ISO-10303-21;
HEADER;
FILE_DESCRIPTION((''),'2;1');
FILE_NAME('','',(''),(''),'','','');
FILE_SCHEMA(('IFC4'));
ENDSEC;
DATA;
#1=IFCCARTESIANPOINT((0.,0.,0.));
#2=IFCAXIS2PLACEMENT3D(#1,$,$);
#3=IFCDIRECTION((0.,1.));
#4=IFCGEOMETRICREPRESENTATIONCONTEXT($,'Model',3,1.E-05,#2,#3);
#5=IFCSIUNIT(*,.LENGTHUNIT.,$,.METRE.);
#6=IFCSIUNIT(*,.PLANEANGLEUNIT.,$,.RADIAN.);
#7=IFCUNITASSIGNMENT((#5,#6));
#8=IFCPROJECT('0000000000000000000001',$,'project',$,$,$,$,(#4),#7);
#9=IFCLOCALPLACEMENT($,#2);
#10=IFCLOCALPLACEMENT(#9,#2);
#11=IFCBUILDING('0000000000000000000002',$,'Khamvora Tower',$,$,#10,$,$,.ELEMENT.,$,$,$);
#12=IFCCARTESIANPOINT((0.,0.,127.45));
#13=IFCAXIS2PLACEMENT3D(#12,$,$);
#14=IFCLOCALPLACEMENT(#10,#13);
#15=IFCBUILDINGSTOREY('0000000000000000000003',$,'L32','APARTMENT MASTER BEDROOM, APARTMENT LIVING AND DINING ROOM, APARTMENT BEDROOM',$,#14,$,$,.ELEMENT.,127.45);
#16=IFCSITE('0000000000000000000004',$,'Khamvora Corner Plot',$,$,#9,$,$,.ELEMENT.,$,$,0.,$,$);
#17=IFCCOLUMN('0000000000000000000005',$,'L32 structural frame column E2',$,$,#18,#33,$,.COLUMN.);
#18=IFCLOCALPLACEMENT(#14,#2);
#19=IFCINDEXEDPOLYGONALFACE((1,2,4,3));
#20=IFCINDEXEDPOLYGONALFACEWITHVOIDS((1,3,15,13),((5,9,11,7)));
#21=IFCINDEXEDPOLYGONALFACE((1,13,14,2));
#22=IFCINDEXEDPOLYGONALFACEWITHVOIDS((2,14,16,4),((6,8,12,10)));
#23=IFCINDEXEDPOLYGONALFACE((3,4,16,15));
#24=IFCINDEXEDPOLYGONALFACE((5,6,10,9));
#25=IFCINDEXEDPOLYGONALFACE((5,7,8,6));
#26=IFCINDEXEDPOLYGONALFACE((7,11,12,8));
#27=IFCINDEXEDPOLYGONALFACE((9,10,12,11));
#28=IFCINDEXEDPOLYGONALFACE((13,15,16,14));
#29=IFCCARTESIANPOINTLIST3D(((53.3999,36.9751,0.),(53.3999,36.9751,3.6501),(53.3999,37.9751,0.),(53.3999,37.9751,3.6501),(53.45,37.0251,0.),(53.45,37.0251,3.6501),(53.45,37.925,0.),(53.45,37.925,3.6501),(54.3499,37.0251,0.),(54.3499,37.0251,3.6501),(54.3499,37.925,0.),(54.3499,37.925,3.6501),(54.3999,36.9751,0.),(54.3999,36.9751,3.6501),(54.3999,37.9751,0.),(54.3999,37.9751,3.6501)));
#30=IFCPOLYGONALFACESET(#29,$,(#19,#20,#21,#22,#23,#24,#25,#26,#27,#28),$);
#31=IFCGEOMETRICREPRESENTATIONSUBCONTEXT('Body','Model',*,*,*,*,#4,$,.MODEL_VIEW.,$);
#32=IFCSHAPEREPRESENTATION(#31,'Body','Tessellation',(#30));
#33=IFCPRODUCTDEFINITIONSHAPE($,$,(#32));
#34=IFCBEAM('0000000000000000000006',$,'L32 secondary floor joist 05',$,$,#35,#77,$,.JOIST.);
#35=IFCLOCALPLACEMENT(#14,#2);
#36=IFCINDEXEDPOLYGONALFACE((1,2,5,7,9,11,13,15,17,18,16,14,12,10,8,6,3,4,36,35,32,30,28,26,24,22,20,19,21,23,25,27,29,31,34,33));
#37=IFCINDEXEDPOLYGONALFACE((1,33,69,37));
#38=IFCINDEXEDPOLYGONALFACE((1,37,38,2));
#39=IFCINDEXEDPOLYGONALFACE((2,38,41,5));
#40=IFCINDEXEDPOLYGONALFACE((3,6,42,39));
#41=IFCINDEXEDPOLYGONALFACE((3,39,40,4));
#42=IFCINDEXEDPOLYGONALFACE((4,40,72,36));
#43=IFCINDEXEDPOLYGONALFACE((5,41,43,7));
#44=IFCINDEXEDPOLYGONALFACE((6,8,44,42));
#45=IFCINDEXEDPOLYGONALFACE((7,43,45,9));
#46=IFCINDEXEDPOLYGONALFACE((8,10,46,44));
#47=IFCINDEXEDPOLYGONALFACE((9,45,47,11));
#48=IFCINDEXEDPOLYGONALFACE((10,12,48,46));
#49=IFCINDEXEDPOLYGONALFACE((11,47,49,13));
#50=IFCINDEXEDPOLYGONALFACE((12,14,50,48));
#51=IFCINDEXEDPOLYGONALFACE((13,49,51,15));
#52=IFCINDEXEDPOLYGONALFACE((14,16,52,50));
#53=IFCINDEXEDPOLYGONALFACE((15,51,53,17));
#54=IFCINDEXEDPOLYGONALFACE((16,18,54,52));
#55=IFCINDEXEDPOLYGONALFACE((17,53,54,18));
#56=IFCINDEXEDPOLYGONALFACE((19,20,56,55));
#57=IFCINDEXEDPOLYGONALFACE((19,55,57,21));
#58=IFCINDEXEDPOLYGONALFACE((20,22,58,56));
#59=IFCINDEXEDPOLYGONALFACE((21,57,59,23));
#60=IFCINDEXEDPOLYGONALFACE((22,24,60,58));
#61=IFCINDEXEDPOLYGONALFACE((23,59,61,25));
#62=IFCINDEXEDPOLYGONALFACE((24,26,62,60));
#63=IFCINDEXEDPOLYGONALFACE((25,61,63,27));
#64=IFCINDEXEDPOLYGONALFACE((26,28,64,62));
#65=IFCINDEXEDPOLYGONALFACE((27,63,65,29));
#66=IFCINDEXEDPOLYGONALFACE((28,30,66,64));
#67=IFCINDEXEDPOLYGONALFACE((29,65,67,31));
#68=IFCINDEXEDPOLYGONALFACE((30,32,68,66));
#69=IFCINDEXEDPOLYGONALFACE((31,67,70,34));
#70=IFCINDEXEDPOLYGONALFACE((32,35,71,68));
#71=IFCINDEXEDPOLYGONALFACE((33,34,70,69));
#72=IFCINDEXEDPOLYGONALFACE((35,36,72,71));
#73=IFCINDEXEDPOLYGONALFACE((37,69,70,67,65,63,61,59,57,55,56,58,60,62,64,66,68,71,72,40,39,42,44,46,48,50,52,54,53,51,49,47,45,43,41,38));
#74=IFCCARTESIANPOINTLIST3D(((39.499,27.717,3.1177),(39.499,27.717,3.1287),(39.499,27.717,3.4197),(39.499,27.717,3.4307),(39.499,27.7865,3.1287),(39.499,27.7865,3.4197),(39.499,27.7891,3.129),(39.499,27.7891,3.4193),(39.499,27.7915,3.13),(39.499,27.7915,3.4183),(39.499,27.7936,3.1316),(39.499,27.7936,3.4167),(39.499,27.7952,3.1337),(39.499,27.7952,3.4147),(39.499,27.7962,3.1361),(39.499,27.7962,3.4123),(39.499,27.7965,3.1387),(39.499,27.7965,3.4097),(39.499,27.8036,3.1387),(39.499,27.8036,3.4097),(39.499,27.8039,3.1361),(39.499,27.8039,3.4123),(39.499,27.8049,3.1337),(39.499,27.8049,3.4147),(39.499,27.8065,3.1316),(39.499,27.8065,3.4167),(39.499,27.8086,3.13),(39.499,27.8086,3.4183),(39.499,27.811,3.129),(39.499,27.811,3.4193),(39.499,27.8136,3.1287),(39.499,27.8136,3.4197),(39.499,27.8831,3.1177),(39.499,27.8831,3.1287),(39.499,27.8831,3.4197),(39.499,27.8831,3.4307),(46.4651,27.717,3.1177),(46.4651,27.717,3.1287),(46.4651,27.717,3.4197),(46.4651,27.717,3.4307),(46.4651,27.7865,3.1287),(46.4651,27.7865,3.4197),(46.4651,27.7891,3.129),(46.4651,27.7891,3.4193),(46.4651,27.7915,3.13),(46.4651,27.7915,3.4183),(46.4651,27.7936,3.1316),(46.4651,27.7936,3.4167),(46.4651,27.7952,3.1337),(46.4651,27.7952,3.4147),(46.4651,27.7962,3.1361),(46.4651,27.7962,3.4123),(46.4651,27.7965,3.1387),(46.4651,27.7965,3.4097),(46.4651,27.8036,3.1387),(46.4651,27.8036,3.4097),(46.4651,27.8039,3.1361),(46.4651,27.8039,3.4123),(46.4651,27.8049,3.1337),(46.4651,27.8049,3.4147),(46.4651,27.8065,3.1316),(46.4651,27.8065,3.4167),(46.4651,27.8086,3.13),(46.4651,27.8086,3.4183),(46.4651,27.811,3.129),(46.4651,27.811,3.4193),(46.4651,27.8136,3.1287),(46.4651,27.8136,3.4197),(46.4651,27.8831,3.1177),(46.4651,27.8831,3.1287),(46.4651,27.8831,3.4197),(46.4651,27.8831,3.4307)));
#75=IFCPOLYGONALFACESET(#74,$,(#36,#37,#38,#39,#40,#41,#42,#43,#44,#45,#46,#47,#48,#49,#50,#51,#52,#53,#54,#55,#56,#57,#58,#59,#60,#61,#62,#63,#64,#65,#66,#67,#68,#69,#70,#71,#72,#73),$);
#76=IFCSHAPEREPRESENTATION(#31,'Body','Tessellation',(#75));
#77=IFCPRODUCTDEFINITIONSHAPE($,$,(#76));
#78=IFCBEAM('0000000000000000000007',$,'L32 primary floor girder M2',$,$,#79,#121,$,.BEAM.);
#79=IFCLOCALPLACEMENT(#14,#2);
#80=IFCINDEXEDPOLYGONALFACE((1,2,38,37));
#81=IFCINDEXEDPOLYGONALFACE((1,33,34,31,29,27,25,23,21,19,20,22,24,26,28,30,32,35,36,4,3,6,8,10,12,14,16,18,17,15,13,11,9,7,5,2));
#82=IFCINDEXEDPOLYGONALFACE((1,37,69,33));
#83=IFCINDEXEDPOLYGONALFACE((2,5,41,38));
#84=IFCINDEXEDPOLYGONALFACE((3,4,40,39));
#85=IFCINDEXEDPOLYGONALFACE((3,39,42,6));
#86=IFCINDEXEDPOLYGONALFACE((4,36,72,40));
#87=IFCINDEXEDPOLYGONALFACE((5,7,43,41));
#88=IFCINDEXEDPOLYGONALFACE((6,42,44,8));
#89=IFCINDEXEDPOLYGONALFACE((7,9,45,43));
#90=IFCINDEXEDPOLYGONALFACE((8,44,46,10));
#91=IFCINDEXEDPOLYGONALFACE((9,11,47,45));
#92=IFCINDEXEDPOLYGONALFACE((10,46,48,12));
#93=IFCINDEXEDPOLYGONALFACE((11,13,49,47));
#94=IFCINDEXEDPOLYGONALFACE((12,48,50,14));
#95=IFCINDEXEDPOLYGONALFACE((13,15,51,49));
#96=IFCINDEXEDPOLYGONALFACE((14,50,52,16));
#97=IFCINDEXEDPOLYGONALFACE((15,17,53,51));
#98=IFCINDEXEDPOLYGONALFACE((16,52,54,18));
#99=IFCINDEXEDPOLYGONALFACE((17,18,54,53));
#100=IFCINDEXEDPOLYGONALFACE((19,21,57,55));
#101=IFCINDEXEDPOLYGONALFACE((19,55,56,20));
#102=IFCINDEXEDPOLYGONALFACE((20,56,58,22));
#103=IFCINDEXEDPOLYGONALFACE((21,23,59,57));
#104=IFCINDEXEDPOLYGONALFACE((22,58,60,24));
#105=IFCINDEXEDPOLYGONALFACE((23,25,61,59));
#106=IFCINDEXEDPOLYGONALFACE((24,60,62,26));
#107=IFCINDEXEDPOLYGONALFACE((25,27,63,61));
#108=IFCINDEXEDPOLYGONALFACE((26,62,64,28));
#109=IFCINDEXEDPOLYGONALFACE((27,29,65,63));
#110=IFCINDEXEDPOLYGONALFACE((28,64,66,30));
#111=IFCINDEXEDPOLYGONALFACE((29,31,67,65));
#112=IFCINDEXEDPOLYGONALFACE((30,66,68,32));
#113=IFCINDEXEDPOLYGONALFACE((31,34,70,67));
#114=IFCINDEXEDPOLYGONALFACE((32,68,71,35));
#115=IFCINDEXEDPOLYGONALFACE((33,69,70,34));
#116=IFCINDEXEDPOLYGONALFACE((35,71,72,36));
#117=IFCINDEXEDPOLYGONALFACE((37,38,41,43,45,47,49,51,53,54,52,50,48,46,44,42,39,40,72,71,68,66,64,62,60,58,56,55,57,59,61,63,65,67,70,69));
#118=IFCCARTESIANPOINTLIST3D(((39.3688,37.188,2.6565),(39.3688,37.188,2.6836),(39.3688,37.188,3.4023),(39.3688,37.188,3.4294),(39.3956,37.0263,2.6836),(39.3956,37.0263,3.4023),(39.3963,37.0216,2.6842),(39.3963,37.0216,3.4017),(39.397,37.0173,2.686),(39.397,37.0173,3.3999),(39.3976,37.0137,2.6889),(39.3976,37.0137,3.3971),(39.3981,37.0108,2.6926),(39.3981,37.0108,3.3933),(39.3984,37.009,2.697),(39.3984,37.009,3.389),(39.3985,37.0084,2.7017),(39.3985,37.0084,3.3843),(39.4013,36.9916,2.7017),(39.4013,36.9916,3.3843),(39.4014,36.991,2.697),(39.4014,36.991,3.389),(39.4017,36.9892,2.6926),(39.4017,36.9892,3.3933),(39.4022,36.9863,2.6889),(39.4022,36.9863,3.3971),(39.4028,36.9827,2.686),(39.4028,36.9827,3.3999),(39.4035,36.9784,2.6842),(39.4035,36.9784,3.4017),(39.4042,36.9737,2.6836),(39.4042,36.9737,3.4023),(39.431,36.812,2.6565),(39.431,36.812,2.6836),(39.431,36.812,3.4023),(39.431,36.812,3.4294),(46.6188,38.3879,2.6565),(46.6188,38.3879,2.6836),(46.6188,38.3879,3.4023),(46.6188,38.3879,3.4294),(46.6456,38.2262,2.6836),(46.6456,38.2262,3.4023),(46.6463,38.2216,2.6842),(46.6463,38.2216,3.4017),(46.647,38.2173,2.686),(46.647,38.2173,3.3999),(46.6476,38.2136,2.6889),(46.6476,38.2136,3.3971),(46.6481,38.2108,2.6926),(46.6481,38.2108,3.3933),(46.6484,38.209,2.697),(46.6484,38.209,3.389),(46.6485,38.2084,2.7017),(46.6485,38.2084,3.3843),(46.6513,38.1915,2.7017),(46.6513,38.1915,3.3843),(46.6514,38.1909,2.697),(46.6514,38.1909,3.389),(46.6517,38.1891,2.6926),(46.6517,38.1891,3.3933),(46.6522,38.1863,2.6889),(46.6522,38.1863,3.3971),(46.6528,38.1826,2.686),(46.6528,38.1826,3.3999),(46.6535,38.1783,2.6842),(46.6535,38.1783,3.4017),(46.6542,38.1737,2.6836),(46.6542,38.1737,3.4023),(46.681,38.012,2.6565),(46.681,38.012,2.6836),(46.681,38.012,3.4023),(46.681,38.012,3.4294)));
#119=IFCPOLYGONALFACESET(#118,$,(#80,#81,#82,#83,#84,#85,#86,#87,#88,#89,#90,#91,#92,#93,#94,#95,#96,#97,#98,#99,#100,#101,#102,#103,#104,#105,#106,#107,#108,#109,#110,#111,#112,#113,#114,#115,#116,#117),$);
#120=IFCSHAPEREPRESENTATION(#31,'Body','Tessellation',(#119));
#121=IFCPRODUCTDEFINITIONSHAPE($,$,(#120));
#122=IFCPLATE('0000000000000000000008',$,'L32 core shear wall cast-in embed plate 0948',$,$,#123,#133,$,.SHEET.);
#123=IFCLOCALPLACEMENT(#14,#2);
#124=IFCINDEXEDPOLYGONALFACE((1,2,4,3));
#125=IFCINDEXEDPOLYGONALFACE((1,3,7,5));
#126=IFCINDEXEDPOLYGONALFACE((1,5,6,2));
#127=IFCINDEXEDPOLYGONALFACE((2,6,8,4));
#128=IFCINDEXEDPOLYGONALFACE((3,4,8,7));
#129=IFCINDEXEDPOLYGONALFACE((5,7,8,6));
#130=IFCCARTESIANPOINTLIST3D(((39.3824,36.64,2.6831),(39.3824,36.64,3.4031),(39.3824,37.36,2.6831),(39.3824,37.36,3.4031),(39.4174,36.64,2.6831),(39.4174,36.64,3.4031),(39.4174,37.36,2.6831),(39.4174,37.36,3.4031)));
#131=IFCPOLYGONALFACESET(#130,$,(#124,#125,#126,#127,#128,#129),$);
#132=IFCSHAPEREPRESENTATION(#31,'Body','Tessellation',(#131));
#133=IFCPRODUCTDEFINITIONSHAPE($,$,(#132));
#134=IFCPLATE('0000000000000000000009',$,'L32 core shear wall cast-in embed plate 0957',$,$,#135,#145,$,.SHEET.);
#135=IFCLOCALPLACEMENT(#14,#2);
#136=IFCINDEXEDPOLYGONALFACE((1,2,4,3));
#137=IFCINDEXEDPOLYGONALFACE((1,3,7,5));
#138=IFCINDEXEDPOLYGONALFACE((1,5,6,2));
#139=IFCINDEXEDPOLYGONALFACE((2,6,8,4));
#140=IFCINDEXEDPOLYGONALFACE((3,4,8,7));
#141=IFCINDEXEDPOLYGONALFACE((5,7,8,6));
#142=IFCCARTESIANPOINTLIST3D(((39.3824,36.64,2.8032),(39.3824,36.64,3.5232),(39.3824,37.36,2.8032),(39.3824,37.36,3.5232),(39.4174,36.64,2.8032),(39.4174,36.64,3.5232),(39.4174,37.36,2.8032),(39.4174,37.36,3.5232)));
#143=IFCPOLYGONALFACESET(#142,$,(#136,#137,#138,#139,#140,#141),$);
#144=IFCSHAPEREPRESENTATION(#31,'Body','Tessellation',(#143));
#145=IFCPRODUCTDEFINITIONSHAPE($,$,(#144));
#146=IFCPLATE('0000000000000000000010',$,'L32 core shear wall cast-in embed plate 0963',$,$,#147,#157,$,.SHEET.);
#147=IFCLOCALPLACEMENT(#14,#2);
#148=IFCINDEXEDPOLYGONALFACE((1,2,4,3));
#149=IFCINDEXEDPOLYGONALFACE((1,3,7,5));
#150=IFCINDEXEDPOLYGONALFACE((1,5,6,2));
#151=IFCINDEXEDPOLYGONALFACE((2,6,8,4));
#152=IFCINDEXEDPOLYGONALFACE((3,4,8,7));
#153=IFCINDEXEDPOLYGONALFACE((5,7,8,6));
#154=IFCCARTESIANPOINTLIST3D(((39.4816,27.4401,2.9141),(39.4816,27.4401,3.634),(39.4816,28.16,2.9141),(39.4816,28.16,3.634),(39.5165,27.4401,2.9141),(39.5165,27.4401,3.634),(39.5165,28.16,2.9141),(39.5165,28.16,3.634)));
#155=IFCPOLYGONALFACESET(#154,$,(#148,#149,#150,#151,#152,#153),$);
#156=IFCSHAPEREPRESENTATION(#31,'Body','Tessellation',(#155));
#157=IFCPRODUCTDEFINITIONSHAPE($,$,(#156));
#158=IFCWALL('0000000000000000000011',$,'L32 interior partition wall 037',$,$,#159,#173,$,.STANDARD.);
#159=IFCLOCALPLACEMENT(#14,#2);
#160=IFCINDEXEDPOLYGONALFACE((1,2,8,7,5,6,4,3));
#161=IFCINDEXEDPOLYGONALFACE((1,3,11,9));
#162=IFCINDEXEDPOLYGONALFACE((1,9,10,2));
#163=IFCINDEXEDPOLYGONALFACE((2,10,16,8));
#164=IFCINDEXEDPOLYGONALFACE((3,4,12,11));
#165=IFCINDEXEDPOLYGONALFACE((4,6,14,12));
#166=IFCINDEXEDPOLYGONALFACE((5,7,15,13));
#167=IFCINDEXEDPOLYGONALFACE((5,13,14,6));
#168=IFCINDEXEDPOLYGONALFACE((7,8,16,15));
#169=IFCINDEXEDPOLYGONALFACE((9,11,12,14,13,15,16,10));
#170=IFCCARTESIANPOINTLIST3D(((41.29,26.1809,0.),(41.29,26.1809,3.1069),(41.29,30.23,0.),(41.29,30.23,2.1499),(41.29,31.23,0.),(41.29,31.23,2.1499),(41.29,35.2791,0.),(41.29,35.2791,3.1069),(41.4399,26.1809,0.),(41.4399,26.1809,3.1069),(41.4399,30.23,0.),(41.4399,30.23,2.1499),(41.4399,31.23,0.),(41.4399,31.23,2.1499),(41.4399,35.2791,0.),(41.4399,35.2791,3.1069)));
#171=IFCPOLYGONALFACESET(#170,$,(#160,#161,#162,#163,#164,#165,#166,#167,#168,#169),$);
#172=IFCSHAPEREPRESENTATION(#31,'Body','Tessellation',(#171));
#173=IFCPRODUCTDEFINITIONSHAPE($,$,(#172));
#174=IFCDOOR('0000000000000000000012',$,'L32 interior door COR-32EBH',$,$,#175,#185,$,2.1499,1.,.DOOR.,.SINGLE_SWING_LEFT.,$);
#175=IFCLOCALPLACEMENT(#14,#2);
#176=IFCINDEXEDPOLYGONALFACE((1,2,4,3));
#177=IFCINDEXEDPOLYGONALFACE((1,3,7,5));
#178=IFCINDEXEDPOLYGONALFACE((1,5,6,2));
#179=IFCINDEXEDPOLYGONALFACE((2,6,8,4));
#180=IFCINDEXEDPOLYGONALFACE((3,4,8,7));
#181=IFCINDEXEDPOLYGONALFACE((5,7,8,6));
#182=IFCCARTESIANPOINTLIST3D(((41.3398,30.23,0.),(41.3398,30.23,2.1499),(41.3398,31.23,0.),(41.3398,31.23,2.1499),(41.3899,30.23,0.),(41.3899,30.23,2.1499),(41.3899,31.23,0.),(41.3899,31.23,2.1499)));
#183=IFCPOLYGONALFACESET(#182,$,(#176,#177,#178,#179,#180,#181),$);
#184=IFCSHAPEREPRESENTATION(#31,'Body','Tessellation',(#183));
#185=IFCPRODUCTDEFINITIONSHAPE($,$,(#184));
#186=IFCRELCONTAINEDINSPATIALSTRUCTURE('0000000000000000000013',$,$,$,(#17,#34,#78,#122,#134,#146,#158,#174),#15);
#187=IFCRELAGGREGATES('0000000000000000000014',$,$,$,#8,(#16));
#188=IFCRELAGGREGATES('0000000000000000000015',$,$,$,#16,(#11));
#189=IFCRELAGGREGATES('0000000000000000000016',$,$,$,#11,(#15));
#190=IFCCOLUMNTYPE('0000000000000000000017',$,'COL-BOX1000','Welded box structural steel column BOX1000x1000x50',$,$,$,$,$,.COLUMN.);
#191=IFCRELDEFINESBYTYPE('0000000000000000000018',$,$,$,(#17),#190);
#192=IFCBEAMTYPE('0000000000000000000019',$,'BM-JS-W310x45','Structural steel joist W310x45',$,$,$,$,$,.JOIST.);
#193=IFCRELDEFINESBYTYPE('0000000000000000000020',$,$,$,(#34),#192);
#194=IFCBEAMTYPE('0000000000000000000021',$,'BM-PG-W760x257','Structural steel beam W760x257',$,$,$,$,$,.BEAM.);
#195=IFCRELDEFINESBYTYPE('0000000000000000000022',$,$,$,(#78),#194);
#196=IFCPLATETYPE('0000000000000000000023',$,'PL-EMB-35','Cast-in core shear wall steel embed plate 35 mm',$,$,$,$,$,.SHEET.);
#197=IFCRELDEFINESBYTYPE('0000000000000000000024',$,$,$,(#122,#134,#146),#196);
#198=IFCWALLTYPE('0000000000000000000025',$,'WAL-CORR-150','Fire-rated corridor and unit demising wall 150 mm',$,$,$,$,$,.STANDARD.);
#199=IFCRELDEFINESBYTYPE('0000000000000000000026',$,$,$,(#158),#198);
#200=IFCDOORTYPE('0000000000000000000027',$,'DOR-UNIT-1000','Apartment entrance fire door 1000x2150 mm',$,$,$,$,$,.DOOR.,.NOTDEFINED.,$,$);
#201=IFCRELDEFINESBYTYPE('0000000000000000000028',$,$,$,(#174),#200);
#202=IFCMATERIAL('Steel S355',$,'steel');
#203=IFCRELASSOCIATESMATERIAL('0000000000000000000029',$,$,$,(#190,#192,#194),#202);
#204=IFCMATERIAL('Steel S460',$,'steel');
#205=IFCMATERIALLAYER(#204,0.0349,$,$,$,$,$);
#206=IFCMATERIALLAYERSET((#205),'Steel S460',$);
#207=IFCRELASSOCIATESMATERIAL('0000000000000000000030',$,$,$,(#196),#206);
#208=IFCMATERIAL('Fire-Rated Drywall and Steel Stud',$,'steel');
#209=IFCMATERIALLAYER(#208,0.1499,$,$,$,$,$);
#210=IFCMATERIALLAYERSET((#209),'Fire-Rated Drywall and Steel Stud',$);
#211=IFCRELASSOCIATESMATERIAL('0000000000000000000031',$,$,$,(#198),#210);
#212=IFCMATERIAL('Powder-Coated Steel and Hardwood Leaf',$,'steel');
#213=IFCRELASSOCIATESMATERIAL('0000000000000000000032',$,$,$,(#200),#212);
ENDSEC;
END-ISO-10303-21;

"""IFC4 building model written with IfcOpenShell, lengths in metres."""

from ifc_helpers import new_model, si_unit, direction, frame, frame_2d, origin, origin_2d, place, context, subcontext, project, spatial, rectangle, hollow_rectangle, i_section, extrude, material, layer, layer_set, material_profile, profile_set, type_object, element, fill, save


model = new_model("IFC4")

# Units and contexts
model_context = context("Model", 3, precision=1e-05, world=origin(), true_north=direction((0.0, 1.0)))
body_context = subcontext(model_context, "Body", "Model", "MODEL_VIEW")
ifc_project = project(units=[si_unit("LENGTHUNIT", "METRE"), si_unit("PLANEANGLEUNIT", "RADIAN")], contexts=[model_context])

# Site, building, storey
site_placement = place(None, origin())
site = spatial("IfcSite", under=ifc_project, at=site_placement, Name="Khamvora Corner Plot", CompositionType="ELEMENT", RefElevation=0.0)
building_placement = place(site_placement, origin())
building = spatial("IfcBuilding", under=site, at=building_placement, Name="Khamvora Tower", CompositionType="ELEMENT")
storey_placement = place(building_placement, frame((0.0, 0.0, 127.45)))
storey = spatial("IfcBuildingStorey", under=building, at=storey_placement, Name="L32", Description="APARTMENT MASTER BEDROOM, APARTMENT LIVING AND DINING ROOM, APARTMENT BEDROOM", CompositionType="ELEMENT", Elevation=127.45)

# Column
ifc_material_1 = material(Name="Steel S355", Category="steel")
ifc_material_profile_1 = material_profile(ifc_material_1, hollow_rectangle(XDim=1.0, YDim=1.0, WallThickness=0.05, at=origin_2d()), Name="BOX1000x1000x50")
ifc_profile_set_1 = profile_set([ifc_material_profile_1], Name="Steel S355")
column_type = type_object("IfcColumnType", Name="COL-BOX1000", Description="Welded box structural steel column BOX1000x1000x50", PredefinedType="COLUMN", material=ifc_profile_set_1)
column_placement = place(storey_placement, frame((53.8999, 37.4751, 0.0), z_axis=(0.0, 0.0, 1.0), x_axis=(1.0, 0.0, 0.0)))
element("IfcColumn", 1, at=column_placement, inside=storey, type_object=column_type, Name="L32 structural frame column E2", PredefinedType="COLUMN", context=body_context, shape_type="SweptSolid", body=[
    extrude(hollow_rectangle(XDim=1.0, YDim=1.0, WallThickness=0.05, at=origin_2d()), origin(), (0.0, 0.0, 1.0), 3.6501),
])

# Beams
ifc_material_profile_2 = material_profile(ifc_material_1, i_section(OverallWidth=0.166, OverallDepth=0.313, WebThickness=0.0071, FlangeThickness=0.011, FilletRadius=0.01, at=origin_2d()), Name="W310x45")
ifc_profile_set_2 = profile_set([ifc_material_profile_2], Name="Steel S355")
beam_type_1 = type_object("IfcBeamType", Name="BM-JS-W310x45", Description="Structural steel joist W310x45", PredefinedType="JOIST", material=ifc_profile_set_2)
beam_1_placement = place(storey_placement, frame((39.499, 27.8, 3.2742), z_axis=(1.0, 0.0, 0.0), x_axis=(0.0, 1.0, 0.0)))
element("IfcBeam", 2, at=beam_1_placement, inside=storey, type_object=beam_type_1, Name="L32 secondary floor joist 05", PredefinedType="JOIST", context=body_context, shape_type="SweptSolid", body=[
    extrude(i_section(OverallWidth=0.166, OverallDepth=0.313, WebThickness=0.0071, FlangeThickness=0.011, FilletRadius=0.01, at=origin_2d()), origin(), (0.0, 0.0, 1.0), 6.9661),
])
ifc_material_profile_3 = material_profile(ifc_material_1, i_section(OverallWidth=0.3811, OverallDepth=0.7729, WebThickness=0.0171, FlangeThickness=0.0271, FilletRadius=0.0181, at=origin_2d()), Name="W760x257")
ifc_profile_set_3 = profile_set([ifc_material_profile_3], Name="Steel S355")
beam_type_2 = type_object("IfcBeamType", Name="BM-PG-W760x257", Description="Structural steel beam W760x257", PredefinedType="BEAM", material=ifc_profile_set_3)
beam_2_placement = place(storey_placement, frame((39.3999, 37.0, 3.043), z_axis=(0.986578, 0.163289, 0.0), x_axis=(-0.163289, 0.986578, 0.0)))
element("IfcBeam", 3, at=beam_2_placement, inside=storey, type_object=beam_type_2, Name="L32 primary floor girder M2", PredefinedType="BEAM", context=body_context, shape_type="SweptSolid", body=[
    extrude(i_section(OverallWidth=0.3811, OverallDepth=0.7729, WebThickness=0.0171, FlangeThickness=0.0271, FilletRadius=0.0181, at=origin_2d()), origin(), (0.0, 0.0, 1.0), 7.3486),
])

# Plates
ifc_material_2 = material(Name="Steel S460", Category="steel")
ifc_layer_1 = layer(ifc_material_2, 0.0349)
ifc_layer_set_1 = layer_set([ifc_layer_1], Name="Steel S460")
plate_type = type_object("IfcPlateType", Name="PL-EMB-35", Description="Cast-in core shear wall steel embed plate 35 mm", PredefinedType="SHEET", material=ifc_layer_set_1)
for number, where, z_axis, x_axis, name in (
    (4, (39.3999, 37.0, 2.6831), (0.0, 0.0, 1.0), (1.0, 0.0, 0.0), "L32 core shear wall cast-in embed plate 0948"),
    (5, (39.3999, 37.0, 2.8032), (0.0, 0.0, 1.0), (1.0, 0.0, 0.0), "L32 core shear wall cast-in embed plate 0957"),
    (6, (39.499, 27.8, 2.9141), (0.0, 0.0, 1.0), (1.0, 0.0, 0.0), "L32 core shear wall cast-in embed plate 0963"),
):
    element("IfcPlate", number, at=place(storey_placement, frame(where, z_axis=z_axis, x_axis=x_axis)), inside=storey, type_object=plate_type, Name=name, PredefinedType="SHEET", context=body_context, shape_type="SweptSolid", body=[
        extrude(rectangle(XDim=0.0349, YDim=0.72, at=origin_2d()), origin(), (0.0, 0.0, 1.0), 0.72),
    ])

# Wall, opening, door
ifc_material_3 = material(Name="Fire-Rated Drywall and Steel Stud", Category="steel")
ifc_layer_2 = layer(ifc_material_3, 0.1499)
ifc_layer_set_2 = layer_set([ifc_layer_2], Name="Fire-Rated Drywall and Steel Stud")
wall_type_1 = type_object("IfcWallType", Name="WAL-CORR-150", Description="Fire-rated corridor and unit demising wall 150 mm", PredefinedType="STANDARD", material=ifc_layer_set_2)
wall_1_placement = place(storey_placement, frame((41.365, 35.2791, 0.0), z_axis=(0.0, 0.0, 1.0), x_axis=(0.0, -1.0, 0.0)))
wall_1 = element("IfcWall", 7, at=wall_1_placement, inside=storey, type_object=wall_type_1, Name="L32 interior partition wall 037", PredefinedType="STANDARD", context=body_context, shape_type="SweptSolid", body=[
    extrude(rectangle(XDim=9.0981, YDim=0.1499, at=frame_2d((4.5491, 0.0))), origin(), (0.0, 0.0, 1.0), 3.1069),
])
opening_1_placement = place(wall_1_placement, frame((4.0491, 0.0, 0.0)))
opening_1 = element("IfcOpeningElement", 8, at=opening_1_placement, cuts=wall_1, PredefinedType="OPENING", context=body_context, shape_type="SweptSolid", body=[
    extrude(rectangle(XDim=1.0, YDim=2.1499, at=frame_2d((0.5, 1.075))), frame((0.0, 0.085, 0.0), z_axis=(0.0, -1.0, 0.0), x_axis=(1.0, 0.0, 0.0)), (0.0, 0.0, 1.0), 0.1699),
])
ifc_material_4 = material(Name="Powder-Coated Steel and Hardwood Leaf", Category="steel")
door_type_1 = type_object("IfcDoorType", Name="DOR-UNIT-1000", Description="Apartment entrance fire door 1000x2150 mm", OperationType="NOTDEFINED", PredefinedType="DOOR", material=ifc_material_4)
door_1_placement = place(opening_1_placement, origin())
door_1 = element("IfcDoor", 9, at=door_1_placement, inside=storey, type_object=door_type_1, Name="L32 interior door COR-32EBH", OperationType="SINGLE_SWING_LEFT", OverallHeight=2.1499, OverallWidth=1.0, PredefinedType="DOOR", context=body_context, shape_type="SweptSolid", body=[
    extrude(rectangle(XDim=1.0, YDim=2.1499, at=frame_2d((0.5, 1.075))), frame((0.0, 0.0249, 0.0), z_axis=(0.0, -1.0, 0.0), x_axis=(1.0, 0.0, 0.0)), (0.0, 0.0, 1.0), 0.05),
])
fill(opening_1, door_1)

save(model, "model.ifc")
